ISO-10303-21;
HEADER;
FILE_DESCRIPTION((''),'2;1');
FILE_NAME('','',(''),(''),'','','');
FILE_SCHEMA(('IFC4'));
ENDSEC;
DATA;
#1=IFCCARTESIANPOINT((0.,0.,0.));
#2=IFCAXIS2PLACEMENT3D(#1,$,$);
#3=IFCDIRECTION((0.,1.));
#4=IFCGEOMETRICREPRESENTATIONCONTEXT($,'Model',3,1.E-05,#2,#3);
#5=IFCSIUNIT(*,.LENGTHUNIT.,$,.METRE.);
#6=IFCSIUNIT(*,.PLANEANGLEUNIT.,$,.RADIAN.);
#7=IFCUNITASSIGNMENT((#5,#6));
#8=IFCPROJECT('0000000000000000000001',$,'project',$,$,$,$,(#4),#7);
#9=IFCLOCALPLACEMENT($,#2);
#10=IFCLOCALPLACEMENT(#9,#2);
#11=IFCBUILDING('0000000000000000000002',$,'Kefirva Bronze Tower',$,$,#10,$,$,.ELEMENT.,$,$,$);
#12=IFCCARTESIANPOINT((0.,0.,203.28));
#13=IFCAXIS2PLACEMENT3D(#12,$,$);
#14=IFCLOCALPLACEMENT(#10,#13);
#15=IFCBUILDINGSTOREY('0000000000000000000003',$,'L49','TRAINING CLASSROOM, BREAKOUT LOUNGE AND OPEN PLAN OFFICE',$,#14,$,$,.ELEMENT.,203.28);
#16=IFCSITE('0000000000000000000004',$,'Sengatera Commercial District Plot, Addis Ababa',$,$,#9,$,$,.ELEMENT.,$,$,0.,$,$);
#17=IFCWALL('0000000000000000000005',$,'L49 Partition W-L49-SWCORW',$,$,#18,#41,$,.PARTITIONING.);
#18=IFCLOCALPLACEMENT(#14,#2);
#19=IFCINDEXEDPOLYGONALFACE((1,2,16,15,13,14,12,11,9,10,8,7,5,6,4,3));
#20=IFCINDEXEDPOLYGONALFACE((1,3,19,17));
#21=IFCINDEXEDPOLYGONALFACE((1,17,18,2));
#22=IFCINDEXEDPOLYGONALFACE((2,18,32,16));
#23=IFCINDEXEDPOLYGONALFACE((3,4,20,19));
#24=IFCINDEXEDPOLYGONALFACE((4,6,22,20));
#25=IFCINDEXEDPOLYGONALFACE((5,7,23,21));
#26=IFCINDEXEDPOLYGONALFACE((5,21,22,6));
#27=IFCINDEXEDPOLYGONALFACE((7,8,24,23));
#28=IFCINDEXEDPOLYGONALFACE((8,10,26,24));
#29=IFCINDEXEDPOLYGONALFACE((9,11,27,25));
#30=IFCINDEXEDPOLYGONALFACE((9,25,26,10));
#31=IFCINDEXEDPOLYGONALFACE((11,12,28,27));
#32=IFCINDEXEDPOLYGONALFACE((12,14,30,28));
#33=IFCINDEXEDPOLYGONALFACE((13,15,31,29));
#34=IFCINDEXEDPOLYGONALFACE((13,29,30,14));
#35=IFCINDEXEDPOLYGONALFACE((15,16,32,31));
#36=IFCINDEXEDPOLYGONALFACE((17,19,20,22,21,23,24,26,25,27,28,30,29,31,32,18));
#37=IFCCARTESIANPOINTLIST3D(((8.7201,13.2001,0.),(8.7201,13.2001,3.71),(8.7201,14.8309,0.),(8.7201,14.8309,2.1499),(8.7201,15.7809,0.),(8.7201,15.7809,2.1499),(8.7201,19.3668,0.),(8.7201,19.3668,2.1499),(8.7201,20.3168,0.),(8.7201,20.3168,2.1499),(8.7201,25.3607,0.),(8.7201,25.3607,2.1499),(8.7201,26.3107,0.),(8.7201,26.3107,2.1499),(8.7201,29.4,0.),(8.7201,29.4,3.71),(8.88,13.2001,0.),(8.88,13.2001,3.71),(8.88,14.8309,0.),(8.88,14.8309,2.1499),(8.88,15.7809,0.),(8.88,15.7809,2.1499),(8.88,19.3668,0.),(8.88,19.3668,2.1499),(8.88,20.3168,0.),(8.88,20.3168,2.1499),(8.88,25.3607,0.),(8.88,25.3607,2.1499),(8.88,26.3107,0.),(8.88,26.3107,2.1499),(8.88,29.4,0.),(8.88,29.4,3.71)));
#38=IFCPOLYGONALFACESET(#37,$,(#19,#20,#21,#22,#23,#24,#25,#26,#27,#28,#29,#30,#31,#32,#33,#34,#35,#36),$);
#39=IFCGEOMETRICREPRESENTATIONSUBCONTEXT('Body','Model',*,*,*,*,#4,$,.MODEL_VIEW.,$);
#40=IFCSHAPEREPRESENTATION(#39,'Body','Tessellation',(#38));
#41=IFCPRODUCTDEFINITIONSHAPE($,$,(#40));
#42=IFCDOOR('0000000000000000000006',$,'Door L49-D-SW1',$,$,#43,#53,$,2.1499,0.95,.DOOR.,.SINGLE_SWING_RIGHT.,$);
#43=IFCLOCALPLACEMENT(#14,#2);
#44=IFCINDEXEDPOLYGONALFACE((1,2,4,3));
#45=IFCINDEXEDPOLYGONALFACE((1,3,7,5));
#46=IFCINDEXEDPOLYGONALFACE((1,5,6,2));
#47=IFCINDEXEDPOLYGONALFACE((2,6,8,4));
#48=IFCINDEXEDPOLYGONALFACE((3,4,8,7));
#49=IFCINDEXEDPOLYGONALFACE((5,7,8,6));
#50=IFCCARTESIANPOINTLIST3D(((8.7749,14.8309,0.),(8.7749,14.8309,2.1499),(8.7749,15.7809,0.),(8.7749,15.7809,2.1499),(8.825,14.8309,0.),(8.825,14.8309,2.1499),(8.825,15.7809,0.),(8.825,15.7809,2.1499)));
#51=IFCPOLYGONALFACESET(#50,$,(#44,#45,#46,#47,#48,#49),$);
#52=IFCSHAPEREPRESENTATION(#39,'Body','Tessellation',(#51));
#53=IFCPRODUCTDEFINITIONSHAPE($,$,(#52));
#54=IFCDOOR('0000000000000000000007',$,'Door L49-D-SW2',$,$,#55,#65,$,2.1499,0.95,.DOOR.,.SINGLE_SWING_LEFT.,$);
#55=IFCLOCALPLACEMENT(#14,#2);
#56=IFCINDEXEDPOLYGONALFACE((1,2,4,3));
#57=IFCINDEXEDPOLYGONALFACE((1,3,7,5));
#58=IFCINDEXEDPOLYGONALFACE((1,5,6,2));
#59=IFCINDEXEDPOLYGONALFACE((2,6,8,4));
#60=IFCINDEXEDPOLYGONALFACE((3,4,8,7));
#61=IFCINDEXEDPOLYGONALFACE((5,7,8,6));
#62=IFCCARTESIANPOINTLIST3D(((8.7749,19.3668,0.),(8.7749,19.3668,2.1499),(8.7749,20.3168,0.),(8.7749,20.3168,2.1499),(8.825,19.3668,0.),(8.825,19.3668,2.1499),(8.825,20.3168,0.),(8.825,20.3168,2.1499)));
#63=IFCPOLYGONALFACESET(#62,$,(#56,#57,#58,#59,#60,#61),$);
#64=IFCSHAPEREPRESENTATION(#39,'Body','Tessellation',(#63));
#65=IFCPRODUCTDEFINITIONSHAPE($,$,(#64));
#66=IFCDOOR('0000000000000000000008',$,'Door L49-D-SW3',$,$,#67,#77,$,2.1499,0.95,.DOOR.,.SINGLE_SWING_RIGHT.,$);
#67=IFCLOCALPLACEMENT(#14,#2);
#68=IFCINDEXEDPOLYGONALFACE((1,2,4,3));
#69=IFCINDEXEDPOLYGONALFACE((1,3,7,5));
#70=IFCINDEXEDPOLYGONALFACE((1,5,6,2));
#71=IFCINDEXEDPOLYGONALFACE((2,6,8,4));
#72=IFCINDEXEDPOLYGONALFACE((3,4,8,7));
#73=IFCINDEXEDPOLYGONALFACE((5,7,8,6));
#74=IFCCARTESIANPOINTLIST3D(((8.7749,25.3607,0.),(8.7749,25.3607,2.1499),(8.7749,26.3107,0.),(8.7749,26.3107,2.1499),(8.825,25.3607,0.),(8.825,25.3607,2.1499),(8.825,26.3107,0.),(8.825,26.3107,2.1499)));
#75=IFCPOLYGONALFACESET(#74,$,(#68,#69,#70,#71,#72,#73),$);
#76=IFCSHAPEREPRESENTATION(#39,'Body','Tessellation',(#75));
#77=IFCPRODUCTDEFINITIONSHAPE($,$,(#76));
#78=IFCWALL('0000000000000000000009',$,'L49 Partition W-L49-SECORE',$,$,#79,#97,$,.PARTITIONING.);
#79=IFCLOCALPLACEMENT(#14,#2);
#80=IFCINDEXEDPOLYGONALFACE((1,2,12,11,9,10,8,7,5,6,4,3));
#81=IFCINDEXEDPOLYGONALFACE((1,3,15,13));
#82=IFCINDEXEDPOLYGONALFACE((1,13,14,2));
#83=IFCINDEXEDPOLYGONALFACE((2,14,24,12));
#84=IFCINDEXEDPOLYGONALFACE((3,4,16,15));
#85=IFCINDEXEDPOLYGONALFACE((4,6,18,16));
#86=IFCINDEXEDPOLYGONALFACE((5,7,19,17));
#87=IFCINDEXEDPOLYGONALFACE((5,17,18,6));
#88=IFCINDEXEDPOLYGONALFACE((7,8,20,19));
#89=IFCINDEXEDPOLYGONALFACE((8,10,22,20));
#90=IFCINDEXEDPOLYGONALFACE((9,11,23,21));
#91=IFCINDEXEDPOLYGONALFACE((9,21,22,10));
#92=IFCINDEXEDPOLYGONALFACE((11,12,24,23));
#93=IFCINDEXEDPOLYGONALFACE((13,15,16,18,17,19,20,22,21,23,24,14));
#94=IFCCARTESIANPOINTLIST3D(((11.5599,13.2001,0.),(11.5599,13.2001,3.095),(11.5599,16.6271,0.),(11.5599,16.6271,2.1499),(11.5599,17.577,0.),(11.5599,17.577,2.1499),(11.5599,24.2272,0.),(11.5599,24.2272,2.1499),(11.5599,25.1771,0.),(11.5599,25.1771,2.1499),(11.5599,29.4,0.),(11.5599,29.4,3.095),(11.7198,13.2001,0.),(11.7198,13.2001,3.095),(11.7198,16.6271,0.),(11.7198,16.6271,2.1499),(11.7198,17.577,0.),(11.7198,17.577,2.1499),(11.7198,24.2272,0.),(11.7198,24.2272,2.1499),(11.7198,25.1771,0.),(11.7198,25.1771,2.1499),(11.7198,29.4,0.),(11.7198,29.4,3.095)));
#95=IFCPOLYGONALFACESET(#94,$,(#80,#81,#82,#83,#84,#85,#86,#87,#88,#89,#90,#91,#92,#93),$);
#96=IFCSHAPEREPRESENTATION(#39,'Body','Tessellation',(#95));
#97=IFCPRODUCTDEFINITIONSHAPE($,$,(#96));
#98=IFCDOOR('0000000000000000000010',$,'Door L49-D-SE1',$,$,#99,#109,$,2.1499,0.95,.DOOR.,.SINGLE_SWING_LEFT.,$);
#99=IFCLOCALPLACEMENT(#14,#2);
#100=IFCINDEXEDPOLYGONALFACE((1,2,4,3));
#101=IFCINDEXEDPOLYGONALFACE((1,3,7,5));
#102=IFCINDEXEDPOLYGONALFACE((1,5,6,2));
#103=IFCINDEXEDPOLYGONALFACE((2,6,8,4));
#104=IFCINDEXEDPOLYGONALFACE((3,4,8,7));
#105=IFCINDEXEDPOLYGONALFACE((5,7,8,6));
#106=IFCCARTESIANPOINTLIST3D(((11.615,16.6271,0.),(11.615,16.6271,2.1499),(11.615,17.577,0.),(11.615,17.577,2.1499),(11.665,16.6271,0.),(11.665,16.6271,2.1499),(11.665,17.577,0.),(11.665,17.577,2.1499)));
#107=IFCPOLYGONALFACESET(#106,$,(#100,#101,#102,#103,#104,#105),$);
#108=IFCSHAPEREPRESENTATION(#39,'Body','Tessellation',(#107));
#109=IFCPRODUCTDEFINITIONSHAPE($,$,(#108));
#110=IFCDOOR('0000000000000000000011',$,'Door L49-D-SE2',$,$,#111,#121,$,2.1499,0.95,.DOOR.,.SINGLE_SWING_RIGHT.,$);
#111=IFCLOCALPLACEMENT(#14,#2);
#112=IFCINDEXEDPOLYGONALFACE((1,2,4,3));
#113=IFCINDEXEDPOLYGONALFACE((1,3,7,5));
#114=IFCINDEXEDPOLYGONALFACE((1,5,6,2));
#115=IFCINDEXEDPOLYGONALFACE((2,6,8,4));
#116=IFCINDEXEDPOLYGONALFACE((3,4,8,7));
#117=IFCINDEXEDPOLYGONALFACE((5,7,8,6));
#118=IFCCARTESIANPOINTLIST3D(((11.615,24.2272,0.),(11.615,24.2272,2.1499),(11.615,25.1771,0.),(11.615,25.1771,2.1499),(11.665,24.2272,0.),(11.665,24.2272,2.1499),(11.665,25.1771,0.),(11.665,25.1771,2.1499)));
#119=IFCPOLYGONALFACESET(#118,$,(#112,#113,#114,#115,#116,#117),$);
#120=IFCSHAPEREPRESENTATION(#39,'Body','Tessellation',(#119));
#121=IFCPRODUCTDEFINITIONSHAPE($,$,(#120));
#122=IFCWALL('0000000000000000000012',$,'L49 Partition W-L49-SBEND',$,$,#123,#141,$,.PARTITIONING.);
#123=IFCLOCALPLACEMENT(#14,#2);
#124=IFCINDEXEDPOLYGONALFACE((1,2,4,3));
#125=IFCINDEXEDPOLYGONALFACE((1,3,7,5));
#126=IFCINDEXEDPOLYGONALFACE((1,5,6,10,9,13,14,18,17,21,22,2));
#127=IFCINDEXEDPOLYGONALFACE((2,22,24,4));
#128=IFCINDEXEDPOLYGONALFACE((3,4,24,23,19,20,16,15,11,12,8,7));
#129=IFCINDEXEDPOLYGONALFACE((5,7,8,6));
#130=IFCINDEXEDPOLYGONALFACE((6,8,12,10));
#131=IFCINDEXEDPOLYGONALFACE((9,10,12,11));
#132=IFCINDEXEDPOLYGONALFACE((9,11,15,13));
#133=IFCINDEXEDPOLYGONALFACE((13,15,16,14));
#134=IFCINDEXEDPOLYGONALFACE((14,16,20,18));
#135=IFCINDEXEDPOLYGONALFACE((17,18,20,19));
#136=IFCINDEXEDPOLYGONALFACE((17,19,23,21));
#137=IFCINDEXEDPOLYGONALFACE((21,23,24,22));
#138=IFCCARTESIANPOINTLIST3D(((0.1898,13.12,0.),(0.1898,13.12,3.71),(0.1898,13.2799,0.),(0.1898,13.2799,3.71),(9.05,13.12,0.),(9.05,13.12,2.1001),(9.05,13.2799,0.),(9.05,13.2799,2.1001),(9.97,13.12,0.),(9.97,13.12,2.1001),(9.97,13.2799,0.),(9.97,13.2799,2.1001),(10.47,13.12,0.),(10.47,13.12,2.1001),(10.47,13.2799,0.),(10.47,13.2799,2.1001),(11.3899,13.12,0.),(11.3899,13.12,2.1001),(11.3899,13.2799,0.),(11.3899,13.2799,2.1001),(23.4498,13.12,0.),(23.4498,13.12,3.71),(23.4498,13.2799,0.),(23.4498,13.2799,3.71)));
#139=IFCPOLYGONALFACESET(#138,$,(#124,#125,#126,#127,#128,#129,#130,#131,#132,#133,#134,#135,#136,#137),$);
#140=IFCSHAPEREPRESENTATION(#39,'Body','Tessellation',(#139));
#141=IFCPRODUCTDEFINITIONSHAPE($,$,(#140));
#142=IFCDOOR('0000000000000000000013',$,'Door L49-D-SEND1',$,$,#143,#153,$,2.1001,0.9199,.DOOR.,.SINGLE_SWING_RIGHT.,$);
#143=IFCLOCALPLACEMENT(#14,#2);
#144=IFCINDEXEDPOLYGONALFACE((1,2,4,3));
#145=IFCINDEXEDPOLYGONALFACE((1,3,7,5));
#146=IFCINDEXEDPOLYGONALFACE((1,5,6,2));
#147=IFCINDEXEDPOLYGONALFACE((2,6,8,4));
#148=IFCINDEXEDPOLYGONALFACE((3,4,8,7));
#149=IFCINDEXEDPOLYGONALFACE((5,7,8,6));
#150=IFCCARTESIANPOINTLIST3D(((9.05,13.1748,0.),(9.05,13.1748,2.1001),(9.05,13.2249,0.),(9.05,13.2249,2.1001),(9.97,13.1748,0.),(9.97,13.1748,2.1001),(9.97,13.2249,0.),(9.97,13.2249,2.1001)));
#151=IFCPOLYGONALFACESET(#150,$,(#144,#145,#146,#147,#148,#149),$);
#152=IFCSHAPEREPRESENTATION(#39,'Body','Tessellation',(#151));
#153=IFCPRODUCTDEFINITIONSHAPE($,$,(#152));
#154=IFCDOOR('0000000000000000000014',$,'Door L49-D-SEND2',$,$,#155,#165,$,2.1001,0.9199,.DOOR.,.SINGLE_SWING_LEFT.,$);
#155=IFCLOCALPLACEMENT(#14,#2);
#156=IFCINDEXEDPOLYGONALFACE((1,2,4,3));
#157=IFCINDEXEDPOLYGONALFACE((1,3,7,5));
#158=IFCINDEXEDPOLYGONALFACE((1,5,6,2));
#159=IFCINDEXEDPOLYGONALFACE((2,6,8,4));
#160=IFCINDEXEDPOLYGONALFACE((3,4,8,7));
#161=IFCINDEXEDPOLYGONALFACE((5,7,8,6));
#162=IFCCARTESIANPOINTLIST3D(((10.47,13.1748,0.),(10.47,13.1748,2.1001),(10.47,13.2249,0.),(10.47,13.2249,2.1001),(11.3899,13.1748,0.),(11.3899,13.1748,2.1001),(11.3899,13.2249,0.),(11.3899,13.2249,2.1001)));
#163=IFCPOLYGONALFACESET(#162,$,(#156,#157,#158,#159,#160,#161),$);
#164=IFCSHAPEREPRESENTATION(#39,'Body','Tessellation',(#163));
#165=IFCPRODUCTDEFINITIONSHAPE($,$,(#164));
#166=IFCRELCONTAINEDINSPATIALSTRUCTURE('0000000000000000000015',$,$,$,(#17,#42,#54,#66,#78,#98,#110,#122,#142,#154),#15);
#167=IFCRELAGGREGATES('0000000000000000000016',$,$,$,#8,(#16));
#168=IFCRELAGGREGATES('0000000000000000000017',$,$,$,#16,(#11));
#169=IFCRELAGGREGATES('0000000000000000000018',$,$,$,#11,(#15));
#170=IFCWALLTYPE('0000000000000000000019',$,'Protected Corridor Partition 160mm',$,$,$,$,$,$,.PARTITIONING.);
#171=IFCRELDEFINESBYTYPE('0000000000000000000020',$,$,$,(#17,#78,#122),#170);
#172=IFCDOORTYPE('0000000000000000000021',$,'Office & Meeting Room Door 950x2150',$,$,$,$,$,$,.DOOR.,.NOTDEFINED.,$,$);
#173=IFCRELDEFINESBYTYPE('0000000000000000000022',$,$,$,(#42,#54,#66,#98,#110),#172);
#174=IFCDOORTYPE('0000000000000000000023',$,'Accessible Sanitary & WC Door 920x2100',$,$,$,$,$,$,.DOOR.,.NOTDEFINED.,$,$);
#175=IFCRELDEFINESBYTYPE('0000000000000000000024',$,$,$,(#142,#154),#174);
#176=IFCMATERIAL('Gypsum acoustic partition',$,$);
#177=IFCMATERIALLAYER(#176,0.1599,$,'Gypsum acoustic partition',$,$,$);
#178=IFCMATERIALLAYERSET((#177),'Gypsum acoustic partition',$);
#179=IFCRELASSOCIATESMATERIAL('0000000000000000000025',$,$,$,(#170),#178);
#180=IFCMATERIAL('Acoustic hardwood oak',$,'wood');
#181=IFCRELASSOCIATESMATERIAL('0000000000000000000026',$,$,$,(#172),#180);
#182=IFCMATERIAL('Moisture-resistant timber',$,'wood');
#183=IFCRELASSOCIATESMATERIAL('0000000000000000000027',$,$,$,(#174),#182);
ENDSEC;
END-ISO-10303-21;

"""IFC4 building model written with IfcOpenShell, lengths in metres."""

from ifc_helpers import new_model, si_unit, direction, frame, frame_2d, origin, place, context, subcontext, project, spatial, rectangle, extrude, material, layer, layer_set, type_object, element, fill, save


model = new_model("IFC4")

# Units and contexts
model_context = context("Model", 3, precision=1e-05, world=origin(), true_north=direction((0.0, 1.0)))
body_context = subcontext(model_context, "Body", "Model", "MODEL_VIEW")
ifc_project = project(units=[si_unit("LENGTHUNIT", "METRE"), si_unit("PLANEANGLEUNIT", "RADIAN")], contexts=[model_context])

# Site, building, storey
site_placement = place(None, origin())
site = spatial("IfcSite", under=ifc_project, at=site_placement, Name="Sengatera Commercial District Plot, Addis Ababa", CompositionType="ELEMENT", RefElevation=0.0)
building_placement = place(site_placement, origin())
building = spatial("IfcBuilding", under=site, at=building_placement, Name="Kefirva Bronze Tower", CompositionType="ELEMENT")
storey_placement = place(building_placement, frame((0.0, 0.0, 203.28)))
storey = spatial("IfcBuildingStorey", under=building, at=storey_placement, Name="L49", Description="TRAINING CLASSROOM, BREAKOUT LOUNGE AND OPEN PLAN OFFICE", CompositionType="ELEMENT", Elevation=203.28)

# Walls, openings, doors
ifc_material_1 = material(Name="Gypsum acoustic partition")
ifc_layer_1 = layer(ifc_material_1, 0.1599, Name="Gypsum acoustic partition")
ifc_layer_set_1 = layer_set([ifc_layer_1], Name="Gypsum acoustic partition")
wall_type = type_object("IfcWallType", Name="Protected Corridor Partition 160mm", PredefinedType="PARTITIONING", material=ifc_layer_set_1)
wall_1_placement = place(storey_placement, frame((8.8, 13.2, 0.0), z_axis=(0.0, 0.0, 1.0), x_axis=(0.0, 1.0, 0.0)))
wall_1 = element("IfcWall", 1, at=wall_1_placement, inside=storey, type_object=wall_type, Name="L49 Partition W-L49-SWCORW", PredefinedType="PARTITIONING", context=body_context, shape_type="SweptSolid", body=[
    extrude(rectangle(XDim=16.2, YDim=0.1599, at=frame_2d((8.1001, 0.0))), origin(), (0.0, 0.0, 1.0), 3.71),
])
opening_1_placement = place(wall_1_placement, frame((2.5811, 0.0, 0.0), z_axis=(0.0, 0.0, 1.0), x_axis=(-1.0, 0.0, 0.0)))
opening_1 = element("IfcOpeningElement", 2, at=opening_1_placement, cuts=wall_1, PredefinedType="OPENING", context=body_context, shape_type="SweptSolid", body=[
    extrude(rectangle(XDim=0.95, YDim=2.1499, at=frame_2d((0.4751, 1.075))), frame((0.0, 0.0898, 0.0), z_axis=(0.0, -1.0, 0.0), x_axis=(1.0, 0.0, 0.0)), (0.0, 0.0, 1.0), 0.1799),
])
opening_2_placement = place(wall_1_placement, frame((7.1169, 0.0, 0.0), z_axis=(0.0, 0.0, 1.0), x_axis=(-1.0, 0.0, 0.0)))
opening_2 = element("IfcOpeningElement", 3, at=opening_2_placement, cuts=wall_1, PredefinedType="OPENING", context=body_context, shape_type="SweptSolid", body=[
    extrude(rectangle(XDim=0.95, YDim=2.1499, at=frame_2d((0.4751, 1.075))), frame((0.0, 0.0898, 0.0), z_axis=(0.0, -1.0, 0.0), x_axis=(1.0, 0.0, 0.0)), (0.0, 0.0, 1.0), 0.1799),
])
opening_3_placement = place(wall_1_placement, frame((13.1108, 0.0, 0.0), z_axis=(0.0, 0.0, 1.0), x_axis=(-1.0, 0.0, 0.0)))
opening_3 = element("IfcOpeningElement", 4, at=opening_3_placement, cuts=wall_1, PredefinedType="OPENING", context=body_context, shape_type="SweptSolid", body=[
    extrude(rectangle(XDim=0.95, YDim=2.1499, at=frame_2d((0.4751, 1.075))), frame((0.0, 0.0898, 0.0), z_axis=(0.0, -1.0, 0.0), x_axis=(1.0, 0.0, 0.0)), (0.0, 0.0, 1.0), 0.1799),
])
ifc_material_2 = material(Name="Acoustic hardwood oak", Category="wood")
door_type_1 = type_object("IfcDoorType", Name="Office & Meeting Room Door 950x2150", OperationType="NOTDEFINED", PredefinedType="DOOR", material=ifc_material_2)
door_1_placement = place(opening_1_placement, origin())
door_1 = element("IfcDoor", 5, at=door_1_placement, inside=storey, type_object=door_type_1, Name="Door L49-D-SW1", OperationType="SINGLE_SWING_RIGHT", OverallHeight=2.1499, OverallWidth=0.95, PredefinedType="DOOR", context=body_context, shape_type="SweptSolid", body=[
    extrude(rectangle(XDim=0.95, YDim=2.1499, at=frame_2d((0.4751, 1.075))), frame((0.0, 0.0249, 0.0), z_axis=(0.0, -1.0, 0.0), x_axis=(1.0, 0.0, 0.0)), (0.0, 0.0, 1.0), 0.05),
])
fill(opening_1, door_1)
door_2_placement = place(opening_2_placement, origin())
door_2 = element("IfcDoor", 6, at=door_2_placement, inside=storey, type_object=door_type_1, Name="Door L49-D-SW2", OperationType="SINGLE_SWING_LEFT", OverallHeight=2.1499, OverallWidth=0.95, PredefinedType="DOOR", context=body_context, shape_type="SweptSolid", body=[
    extrude(rectangle(XDim=0.95, YDim=2.1499, at=frame_2d((0.4751, 1.075))), frame((0.0, 0.0249, 0.0), z_axis=(0.0, -1.0, 0.0), x_axis=(1.0, 0.0, 0.0)), (0.0, 0.0, 1.0), 0.05),
])
fill(opening_2, door_2)
door_3_placement = place(opening_3_placement, origin())
door_3 = element("IfcDoor", 7, at=door_3_placement, inside=storey, type_object=door_type_1, Name="Door L49-D-SW3", OperationType="SINGLE_SWING_RIGHT", OverallHeight=2.1499, OverallWidth=0.95, PredefinedType="DOOR", context=body_context, shape_type="SweptSolid", body=[
    extrude(rectangle(XDim=0.95, YDim=2.1499, at=frame_2d((0.4751, 1.075))), frame((0.0, 0.0249, 0.0), z_axis=(0.0, -1.0, 0.0), x_axis=(1.0, 0.0, 0.0)), (0.0, 0.0, 1.0), 0.05),
])
fill(opening_3, door_3)
wall_2_placement = place(storey_placement, frame((11.6399, 13.2, 0.0), z_axis=(0.0, 0.0, 1.0), x_axis=(0.0, 1.0, 0.0)))
wall_2 = element("IfcWall", 8, at=wall_2_placement, inside=storey, type_object=wall_type, Name="L49 Partition W-L49-SECORE", PredefinedType="PARTITIONING", context=body_context, shape_type="SweptSolid", body=[
    extrude(rectangle(XDim=16.2, YDim=0.1599, at=frame_2d((8.1001, 0.0))), origin(), (0.0, 0.0, 1.0), 3.095),
])
opening_4_placement = place(wall_2_placement, frame((3.427, 0.0, 0.0)))
opening_4 = element("IfcOpeningElement", 9, at=opening_4_placement, cuts=wall_2, PredefinedType="OPENING", context=body_context, shape_type="SweptSolid", body=[
    extrude(rectangle(XDim=0.95, YDim=2.1499, at=frame_2d((0.4751, 1.075))), frame((0.0, 0.0898, 0.0), z_axis=(0.0, -1.0, 0.0), x_axis=(1.0, 0.0, 0.0)), (0.0, 0.0, 1.0), 0.1799),
])
opening_5_placement = place(wall_2_placement, frame((11.0271, 0.0, 0.0)))
opening_5 = element("IfcOpeningElement", 10, at=opening_5_placement, cuts=wall_2, PredefinedType="OPENING", context=body_context, shape_type="SweptSolid", body=[
    extrude(rectangle(XDim=0.95, YDim=2.1499, at=frame_2d((0.4751, 1.075))), frame((0.0, 0.0898, 0.0), z_axis=(0.0, -1.0, 0.0), x_axis=(1.0, 0.0, 0.0)), (0.0, 0.0, 1.0), 0.1799),
])
door_4_placement = place(opening_4_placement, origin())
door_4 = element("IfcDoor", 11, at=door_4_placement, inside=storey, type_object=door_type_1, Name="Door L49-D-SE1", OperationType="SINGLE_SWING_LEFT", OverallHeight=2.1499, OverallWidth=0.95, PredefinedType="DOOR", context=body_context, shape_type="SweptSolid", body=[
    extrude(rectangle(XDim=0.95, YDim=2.1499, at=frame_2d((0.4751, 1.075))), frame((0.0, 0.0249, 0.0), z_axis=(0.0, -1.0, 0.0), x_axis=(1.0, 0.0, 0.0)), (0.0, 0.0, 1.0), 0.05),
])
fill(opening_4, door_4)
door_5_placement = place(opening_5_placement, origin())
door_5 = element("IfcDoor", 12, at=door_5_placement, inside=storey, type_object=door_type_1, Name="Door L49-D-SE2", OperationType="SINGLE_SWING_RIGHT", OverallHeight=2.1499, OverallWidth=0.95, PredefinedType="DOOR", context=body_context, shape_type="SweptSolid", body=[
    extrude(rectangle(XDim=0.95, YDim=2.1499, at=frame_2d((0.4751, 1.075))), frame((0.0, 0.0249, 0.0), z_axis=(0.0, -1.0, 0.0), x_axis=(1.0, 0.0, 0.0)), (0.0, 0.0, 1.0), 0.05),
])
fill(opening_5, door_5)
wall_3_placement = place(storey_placement, frame((0.1899, 13.2, 0.0), z_axis=(0.0, 0.0, 1.0), x_axis=(1.0, 0.0, 0.0)))
wall_3 = element("IfcWall", 13, at=wall_3_placement, inside=storey, type_object=wall_type, Name="L49 Partition W-L49-SBEND", PredefinedType="PARTITIONING", context=body_context, shape_type="SweptSolid", body=[
    extrude(rectangle(XDim=23.26, YDim=0.1599, at=frame_2d((11.6299, 0.0))), origin(), (0.0, 0.0, 1.0), 3.71),
])
opening_6_placement = place(wall_3_placement, frame((8.8601, 0.0, 0.0)))
opening_6 = element("IfcOpeningElement", 14, at=opening_6_placement, cuts=wall_3, PredefinedType="OPENING", context=body_context, shape_type="SweptSolid", body=[
    extrude(rectangle(XDim=0.9199, YDim=2.1001, at=frame_2d((0.46, 1.05))), frame((0.0, 0.0898, 0.0), z_axis=(0.0, -1.0, 0.0), x_axis=(1.0, 0.0, 0.0)), (0.0, 0.0, 1.0), 0.1799),
])
opening_7_placement = place(wall_3_placement, frame((10.28, 0.0, 0.0)))
opening_7 = element("IfcOpeningElement", 15, at=opening_7_placement, cuts=wall_3, PredefinedType="OPENING", context=body_context, shape_type="SweptSolid", body=[
    extrude(rectangle(XDim=0.9199, YDim=2.1001, at=frame_2d((0.46, 1.05))), frame((0.0, 0.0898, 0.0), z_axis=(0.0, -1.0, 0.0), x_axis=(1.0, 0.0, 0.0)), (0.0, 0.0, 1.0), 0.1799),
])
ifc_material_3 = material(Name="Moisture-resistant timber", Category="wood")
door_type_2 = type_object("IfcDoorType", Name="Accessible Sanitary & WC Door 920x2100", OperationType="NOTDEFINED", PredefinedType="DOOR", material=ifc_material_3)
door_6_placement = place(opening_6_placement, origin())
door_6 = element("IfcDoor", 16, at=door_6_placement, inside=storey, type_object=door_type_2, Name="Door L49-D-SEND1", OperationType="SINGLE_SWING_RIGHT", OverallHeight=2.1001, OverallWidth=0.9199, PredefinedType="DOOR", context=body_context, shape_type="SweptSolid", body=[
    extrude(rectangle(XDim=0.9199, YDim=2.1001, at=frame_2d((0.46, 1.05))), frame((0.0, 0.0249, 0.0), z_axis=(0.0, -1.0, 0.0), x_axis=(1.0, 0.0, 0.0)), (0.0, 0.0, 1.0), 0.05),
])
fill(opening_6, door_6)
door_7_placement = place(opening_7_placement, origin())
door_7 = element("IfcDoor", 17, at=door_7_placement, inside=storey, type_object=door_type_2, Name="Door L49-D-SEND2", OperationType="SINGLE_SWING_LEFT", OverallHeight=2.1001, OverallWidth=0.9199, PredefinedType="DOOR", context=body_context, shape_type="SweptSolid", body=[
    extrude(rectangle(XDim=0.9199, YDim=2.1001, at=frame_2d((0.46, 1.05))), frame((0.0, 0.0249, 0.0), z_axis=(0.0, -1.0, 0.0), x_axis=(1.0, 0.0, 0.0)), (0.0, 0.0, 1.0), 0.05),
])
fill(opening_7, door_7)

save(model, "model.ifc")
